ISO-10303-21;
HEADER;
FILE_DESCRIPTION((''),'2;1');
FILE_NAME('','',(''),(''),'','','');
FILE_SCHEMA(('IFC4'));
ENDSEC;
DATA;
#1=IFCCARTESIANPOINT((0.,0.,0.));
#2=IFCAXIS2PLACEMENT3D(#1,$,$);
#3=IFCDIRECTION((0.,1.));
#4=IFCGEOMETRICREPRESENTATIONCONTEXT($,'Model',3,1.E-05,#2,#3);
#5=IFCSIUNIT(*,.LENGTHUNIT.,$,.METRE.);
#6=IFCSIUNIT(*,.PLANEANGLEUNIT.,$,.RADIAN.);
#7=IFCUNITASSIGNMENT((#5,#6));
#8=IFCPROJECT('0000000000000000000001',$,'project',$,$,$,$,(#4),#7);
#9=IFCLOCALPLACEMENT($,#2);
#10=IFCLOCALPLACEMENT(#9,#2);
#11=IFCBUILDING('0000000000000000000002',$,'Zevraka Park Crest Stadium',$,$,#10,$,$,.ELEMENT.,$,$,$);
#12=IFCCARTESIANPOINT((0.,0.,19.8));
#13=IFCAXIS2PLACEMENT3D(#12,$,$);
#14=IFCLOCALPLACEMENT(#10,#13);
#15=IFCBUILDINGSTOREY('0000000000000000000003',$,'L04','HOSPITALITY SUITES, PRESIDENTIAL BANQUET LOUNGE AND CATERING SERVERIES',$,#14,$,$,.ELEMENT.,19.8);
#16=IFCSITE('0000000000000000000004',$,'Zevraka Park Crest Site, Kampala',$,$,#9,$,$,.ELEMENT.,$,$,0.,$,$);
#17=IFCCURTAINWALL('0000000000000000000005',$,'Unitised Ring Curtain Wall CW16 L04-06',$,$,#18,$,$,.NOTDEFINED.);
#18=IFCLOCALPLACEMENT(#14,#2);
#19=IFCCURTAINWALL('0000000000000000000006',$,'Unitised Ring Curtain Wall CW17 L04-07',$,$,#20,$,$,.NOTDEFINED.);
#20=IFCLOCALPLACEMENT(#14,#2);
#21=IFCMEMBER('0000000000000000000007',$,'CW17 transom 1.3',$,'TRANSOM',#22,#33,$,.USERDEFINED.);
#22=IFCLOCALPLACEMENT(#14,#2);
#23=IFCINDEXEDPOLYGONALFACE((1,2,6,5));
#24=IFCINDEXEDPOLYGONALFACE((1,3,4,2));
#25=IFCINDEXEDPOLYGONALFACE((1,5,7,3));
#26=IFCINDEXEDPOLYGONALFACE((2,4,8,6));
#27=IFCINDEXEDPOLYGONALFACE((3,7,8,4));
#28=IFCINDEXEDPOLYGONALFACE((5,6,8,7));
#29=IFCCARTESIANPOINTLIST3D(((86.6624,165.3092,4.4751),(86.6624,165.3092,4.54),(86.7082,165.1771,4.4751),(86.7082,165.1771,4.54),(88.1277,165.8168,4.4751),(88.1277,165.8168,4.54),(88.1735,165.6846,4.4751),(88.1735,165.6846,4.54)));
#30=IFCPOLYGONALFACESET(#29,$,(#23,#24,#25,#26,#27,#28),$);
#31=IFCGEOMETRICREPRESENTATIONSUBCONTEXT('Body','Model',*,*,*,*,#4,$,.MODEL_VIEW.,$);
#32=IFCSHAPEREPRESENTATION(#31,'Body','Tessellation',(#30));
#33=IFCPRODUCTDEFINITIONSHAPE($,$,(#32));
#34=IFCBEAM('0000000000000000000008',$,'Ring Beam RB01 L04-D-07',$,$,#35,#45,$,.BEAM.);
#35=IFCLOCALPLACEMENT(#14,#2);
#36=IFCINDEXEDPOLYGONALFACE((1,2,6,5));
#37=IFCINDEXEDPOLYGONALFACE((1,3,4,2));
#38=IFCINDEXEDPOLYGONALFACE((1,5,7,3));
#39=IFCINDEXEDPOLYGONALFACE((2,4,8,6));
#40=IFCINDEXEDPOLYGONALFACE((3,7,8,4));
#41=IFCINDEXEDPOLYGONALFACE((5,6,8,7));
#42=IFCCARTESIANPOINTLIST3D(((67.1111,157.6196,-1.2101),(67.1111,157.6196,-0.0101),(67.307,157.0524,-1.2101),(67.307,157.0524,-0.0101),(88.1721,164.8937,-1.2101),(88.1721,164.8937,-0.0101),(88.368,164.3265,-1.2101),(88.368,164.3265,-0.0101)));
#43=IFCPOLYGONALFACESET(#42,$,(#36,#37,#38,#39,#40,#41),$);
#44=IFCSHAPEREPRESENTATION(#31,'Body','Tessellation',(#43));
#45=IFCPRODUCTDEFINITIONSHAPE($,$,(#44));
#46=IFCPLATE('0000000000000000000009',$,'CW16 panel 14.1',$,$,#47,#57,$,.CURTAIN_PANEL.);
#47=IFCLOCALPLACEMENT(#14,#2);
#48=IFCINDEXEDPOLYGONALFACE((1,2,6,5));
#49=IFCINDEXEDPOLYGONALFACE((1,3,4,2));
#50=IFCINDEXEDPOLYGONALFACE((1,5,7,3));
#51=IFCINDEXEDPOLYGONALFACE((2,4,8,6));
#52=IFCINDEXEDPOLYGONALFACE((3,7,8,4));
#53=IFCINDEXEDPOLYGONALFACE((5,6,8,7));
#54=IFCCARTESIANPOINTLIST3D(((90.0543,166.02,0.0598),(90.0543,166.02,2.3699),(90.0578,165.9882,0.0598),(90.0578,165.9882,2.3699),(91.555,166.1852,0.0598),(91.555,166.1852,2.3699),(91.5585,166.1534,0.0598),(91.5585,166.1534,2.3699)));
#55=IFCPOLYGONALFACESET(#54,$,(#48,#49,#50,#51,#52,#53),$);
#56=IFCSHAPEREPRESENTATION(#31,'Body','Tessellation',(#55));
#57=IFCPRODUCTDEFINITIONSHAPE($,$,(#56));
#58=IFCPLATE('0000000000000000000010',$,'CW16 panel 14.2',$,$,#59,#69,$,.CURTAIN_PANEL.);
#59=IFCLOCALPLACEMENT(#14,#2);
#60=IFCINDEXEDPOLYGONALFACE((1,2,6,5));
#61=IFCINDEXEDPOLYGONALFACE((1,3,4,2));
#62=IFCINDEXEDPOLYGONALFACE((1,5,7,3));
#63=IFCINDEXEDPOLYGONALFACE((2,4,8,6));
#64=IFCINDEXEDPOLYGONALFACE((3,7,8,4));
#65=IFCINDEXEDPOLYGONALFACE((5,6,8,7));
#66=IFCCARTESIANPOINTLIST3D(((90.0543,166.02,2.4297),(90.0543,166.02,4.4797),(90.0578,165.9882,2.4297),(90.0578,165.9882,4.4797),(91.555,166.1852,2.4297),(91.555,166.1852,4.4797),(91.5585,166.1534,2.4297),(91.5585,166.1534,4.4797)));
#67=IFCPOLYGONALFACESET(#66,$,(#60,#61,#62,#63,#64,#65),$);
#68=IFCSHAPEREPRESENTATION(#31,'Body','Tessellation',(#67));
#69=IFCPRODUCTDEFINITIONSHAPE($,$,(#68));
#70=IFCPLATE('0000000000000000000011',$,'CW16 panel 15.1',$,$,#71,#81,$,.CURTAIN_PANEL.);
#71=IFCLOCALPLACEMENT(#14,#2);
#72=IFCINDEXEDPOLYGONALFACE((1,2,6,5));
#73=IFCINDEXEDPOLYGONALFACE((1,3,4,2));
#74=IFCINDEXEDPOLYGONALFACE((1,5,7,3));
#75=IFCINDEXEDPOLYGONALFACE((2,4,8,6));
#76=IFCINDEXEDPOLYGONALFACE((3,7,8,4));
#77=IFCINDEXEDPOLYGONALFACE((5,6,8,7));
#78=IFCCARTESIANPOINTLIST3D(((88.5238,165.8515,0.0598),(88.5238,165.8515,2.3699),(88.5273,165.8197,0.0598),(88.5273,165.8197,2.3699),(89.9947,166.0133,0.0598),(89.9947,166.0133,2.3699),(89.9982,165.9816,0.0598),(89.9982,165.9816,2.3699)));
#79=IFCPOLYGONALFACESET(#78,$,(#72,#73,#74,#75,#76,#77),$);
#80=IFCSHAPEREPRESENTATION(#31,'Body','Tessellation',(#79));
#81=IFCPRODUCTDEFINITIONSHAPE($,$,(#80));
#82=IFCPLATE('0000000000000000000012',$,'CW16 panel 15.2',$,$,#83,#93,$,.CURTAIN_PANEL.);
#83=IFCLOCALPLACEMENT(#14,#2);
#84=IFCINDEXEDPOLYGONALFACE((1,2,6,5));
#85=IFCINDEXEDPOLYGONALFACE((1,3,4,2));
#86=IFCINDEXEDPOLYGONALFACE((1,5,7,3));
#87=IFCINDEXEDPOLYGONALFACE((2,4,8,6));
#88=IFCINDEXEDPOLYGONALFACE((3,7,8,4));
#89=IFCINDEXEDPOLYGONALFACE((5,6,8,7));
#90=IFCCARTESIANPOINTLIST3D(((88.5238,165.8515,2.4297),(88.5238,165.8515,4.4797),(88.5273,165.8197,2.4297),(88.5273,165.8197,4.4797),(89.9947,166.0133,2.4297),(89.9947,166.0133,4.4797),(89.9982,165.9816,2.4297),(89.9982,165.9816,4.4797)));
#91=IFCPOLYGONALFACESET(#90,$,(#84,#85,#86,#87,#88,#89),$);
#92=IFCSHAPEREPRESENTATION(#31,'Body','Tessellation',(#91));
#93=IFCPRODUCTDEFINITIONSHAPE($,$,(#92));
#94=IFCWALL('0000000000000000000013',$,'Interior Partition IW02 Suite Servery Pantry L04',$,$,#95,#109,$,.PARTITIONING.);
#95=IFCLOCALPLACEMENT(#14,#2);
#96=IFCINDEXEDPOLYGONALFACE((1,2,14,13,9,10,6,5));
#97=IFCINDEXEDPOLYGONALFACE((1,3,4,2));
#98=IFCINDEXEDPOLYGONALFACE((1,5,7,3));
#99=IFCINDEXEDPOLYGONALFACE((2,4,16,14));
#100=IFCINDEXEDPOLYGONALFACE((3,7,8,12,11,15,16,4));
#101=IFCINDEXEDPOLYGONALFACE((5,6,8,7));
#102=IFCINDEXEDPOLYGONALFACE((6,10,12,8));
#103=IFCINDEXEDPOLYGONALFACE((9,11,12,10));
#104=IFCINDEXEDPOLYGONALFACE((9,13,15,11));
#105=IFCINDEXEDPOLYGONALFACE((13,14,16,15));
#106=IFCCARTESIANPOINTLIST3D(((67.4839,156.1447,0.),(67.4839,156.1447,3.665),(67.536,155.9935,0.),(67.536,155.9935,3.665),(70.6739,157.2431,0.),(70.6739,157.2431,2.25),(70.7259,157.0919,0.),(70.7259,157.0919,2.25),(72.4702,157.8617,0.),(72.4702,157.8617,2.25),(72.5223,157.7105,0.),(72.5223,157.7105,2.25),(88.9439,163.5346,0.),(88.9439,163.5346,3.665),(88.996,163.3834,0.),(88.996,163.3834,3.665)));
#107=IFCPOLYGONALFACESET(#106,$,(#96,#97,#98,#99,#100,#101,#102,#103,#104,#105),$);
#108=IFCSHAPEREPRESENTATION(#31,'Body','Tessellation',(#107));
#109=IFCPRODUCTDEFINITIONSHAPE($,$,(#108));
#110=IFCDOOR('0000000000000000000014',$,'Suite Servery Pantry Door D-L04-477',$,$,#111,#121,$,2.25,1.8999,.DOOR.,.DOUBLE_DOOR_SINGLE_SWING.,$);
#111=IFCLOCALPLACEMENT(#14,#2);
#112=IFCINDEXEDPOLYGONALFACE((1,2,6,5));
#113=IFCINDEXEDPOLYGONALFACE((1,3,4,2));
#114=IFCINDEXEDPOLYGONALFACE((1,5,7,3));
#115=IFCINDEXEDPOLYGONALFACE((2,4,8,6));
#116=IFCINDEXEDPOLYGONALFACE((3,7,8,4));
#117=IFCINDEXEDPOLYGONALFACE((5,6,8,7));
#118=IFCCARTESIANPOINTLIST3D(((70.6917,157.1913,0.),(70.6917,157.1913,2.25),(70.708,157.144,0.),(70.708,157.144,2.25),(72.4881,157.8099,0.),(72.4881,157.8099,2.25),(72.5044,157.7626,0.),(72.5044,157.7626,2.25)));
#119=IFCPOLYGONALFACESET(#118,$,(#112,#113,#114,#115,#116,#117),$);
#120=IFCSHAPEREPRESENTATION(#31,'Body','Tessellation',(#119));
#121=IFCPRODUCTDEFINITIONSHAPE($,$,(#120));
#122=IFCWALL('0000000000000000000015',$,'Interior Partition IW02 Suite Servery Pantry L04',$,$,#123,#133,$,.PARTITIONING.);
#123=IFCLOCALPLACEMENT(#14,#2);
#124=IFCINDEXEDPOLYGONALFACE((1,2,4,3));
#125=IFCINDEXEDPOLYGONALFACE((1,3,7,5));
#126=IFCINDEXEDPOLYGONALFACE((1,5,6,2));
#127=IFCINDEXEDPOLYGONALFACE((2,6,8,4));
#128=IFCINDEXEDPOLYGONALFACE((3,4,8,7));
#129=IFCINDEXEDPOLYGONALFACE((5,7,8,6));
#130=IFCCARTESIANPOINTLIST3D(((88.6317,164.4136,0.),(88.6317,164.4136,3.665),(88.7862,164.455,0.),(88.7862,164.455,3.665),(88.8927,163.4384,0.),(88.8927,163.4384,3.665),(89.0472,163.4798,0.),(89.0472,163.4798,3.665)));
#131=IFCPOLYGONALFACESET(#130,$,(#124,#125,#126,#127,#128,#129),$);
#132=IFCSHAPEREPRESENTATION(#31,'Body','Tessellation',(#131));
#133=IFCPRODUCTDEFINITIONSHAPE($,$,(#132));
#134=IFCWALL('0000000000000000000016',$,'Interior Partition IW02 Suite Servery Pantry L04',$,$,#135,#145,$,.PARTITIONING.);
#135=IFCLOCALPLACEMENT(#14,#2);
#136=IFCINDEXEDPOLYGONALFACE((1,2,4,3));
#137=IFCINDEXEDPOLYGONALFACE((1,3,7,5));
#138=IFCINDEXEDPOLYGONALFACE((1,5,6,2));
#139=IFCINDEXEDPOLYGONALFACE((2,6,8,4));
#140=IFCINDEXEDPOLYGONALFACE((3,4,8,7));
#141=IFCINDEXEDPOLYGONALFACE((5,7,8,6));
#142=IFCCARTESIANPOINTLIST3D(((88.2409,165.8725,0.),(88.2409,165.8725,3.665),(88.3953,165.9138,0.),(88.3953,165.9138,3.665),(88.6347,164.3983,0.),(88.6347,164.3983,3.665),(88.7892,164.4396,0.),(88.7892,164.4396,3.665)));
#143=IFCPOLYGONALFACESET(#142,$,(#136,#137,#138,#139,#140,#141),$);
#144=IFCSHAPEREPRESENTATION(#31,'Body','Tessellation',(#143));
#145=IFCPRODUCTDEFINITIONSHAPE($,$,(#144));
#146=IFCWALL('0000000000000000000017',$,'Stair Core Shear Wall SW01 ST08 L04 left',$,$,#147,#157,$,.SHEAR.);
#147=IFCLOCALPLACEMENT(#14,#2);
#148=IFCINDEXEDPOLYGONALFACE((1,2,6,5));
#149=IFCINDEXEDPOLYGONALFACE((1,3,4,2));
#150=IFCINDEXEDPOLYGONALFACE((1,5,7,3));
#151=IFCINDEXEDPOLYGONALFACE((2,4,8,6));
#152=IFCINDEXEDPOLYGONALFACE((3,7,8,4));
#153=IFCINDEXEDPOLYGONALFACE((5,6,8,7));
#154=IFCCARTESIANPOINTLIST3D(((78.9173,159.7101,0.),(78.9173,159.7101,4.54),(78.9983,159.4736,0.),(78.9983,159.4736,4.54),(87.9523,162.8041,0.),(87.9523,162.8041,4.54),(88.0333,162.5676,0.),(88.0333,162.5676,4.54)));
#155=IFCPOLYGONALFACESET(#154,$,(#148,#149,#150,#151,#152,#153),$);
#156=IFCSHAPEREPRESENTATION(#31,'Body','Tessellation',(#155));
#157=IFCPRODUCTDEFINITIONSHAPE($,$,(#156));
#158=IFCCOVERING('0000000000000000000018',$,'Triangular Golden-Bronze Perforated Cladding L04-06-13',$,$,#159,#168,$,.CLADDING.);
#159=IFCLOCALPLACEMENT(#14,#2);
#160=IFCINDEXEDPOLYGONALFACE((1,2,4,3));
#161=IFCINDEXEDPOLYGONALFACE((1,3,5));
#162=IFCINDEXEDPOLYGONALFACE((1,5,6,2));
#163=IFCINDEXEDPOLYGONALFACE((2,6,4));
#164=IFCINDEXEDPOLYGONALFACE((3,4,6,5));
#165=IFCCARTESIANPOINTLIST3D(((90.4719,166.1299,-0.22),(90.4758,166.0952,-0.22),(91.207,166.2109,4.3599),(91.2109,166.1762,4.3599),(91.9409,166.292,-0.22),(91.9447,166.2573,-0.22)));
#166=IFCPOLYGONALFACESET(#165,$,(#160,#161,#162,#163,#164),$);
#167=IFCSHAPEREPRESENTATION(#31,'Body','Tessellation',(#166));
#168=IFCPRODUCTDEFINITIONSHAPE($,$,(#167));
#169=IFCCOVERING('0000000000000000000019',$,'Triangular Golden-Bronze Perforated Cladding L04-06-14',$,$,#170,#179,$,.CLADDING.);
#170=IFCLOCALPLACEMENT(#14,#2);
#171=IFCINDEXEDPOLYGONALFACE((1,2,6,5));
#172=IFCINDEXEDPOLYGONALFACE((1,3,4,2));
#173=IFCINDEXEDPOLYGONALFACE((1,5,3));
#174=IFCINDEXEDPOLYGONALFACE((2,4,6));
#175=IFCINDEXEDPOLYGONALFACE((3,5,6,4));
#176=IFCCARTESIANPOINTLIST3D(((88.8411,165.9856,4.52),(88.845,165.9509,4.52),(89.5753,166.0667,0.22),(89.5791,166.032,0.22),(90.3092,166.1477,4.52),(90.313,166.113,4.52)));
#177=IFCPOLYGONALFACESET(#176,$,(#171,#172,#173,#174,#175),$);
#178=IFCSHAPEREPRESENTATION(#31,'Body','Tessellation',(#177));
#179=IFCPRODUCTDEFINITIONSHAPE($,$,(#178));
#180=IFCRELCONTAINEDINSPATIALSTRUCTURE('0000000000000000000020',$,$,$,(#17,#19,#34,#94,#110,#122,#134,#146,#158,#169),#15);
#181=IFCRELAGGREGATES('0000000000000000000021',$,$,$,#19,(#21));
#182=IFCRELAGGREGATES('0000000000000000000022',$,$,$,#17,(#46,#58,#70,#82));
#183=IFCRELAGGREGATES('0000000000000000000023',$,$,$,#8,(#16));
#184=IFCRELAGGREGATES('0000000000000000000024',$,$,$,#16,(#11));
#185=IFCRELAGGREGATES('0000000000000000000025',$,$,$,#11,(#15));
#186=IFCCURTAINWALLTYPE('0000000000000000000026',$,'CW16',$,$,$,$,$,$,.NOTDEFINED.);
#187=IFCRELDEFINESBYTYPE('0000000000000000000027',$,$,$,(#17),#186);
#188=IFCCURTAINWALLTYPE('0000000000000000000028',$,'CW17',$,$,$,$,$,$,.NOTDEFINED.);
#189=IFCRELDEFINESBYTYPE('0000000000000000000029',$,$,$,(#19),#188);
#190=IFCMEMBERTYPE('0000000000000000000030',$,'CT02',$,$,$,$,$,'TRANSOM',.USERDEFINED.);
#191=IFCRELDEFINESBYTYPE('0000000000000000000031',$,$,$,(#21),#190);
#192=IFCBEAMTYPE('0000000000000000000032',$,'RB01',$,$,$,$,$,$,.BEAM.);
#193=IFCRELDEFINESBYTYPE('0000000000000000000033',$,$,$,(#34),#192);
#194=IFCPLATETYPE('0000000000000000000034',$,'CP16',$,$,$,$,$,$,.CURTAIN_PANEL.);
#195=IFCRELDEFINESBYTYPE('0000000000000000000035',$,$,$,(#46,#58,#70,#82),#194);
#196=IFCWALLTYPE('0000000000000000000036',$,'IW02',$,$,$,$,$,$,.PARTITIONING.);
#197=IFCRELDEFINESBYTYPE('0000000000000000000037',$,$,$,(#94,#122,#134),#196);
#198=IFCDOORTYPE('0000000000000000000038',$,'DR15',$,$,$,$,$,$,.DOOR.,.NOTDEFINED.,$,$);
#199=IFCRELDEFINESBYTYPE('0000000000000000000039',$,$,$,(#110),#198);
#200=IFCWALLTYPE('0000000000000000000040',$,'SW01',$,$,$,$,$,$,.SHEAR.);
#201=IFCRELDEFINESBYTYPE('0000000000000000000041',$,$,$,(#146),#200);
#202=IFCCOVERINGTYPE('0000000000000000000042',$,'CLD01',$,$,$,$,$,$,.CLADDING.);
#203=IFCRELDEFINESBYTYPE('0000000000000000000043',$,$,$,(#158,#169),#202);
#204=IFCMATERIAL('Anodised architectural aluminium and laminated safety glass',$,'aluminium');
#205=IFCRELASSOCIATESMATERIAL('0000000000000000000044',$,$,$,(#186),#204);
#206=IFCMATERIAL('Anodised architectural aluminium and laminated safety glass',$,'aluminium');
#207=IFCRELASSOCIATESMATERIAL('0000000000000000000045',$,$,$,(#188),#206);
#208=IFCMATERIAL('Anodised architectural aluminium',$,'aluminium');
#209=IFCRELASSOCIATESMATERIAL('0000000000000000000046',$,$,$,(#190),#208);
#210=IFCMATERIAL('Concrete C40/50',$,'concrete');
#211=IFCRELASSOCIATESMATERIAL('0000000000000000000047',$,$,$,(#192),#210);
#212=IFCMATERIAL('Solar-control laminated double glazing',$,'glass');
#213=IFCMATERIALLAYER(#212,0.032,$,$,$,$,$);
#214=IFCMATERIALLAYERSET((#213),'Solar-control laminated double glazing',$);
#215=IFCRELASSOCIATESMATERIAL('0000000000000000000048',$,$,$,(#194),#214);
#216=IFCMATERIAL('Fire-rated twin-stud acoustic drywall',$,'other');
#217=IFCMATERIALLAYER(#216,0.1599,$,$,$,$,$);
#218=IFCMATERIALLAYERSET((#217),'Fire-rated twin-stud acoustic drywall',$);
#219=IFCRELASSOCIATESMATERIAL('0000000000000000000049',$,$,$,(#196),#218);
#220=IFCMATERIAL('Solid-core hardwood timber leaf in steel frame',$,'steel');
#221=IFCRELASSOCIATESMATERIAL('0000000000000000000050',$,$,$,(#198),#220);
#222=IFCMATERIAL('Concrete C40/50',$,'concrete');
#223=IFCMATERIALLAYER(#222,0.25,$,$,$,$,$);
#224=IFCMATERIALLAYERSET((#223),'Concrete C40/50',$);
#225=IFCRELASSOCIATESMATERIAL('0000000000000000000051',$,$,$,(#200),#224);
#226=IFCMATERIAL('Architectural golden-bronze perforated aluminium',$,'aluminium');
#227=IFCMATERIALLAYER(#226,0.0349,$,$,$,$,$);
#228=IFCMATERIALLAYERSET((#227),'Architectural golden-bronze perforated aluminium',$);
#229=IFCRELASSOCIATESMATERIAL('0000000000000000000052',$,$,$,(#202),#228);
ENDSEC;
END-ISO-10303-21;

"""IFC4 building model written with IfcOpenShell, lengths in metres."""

from ifc_helpers import new_model, si_unit, direction, frame, frame_2d, origin, origin_2d, place, context, subcontext, project, spatial, polyline, rectangle, outline, extrude, material, layer, layer_set, material_profile, profile_set, type_object, element, fill, aggregate, save


model = new_model("IFC4")

# Units and contexts
model_context = context("Model", 3, precision=1e-05, world=origin(), true_north=direction((0.0, 1.0)))
body_context = subcontext(model_context, "Body", "Model", "MODEL_VIEW")
ifc_project = project(units=[si_unit("LENGTHUNIT", "METRE"), si_unit("PLANEANGLEUNIT", "RADIAN")], contexts=[model_context])

# Site, building, storey
site_placement = place(None, origin())
site = spatial("IfcSite", under=ifc_project, at=site_placement, Name="Zevraka Park Crest Site, Kampala", CompositionType="ELEMENT", RefElevation=0.0)
building_placement = place(site_placement, origin())
building = spatial("IfcBuilding", under=site, at=building_placement, Name="Zevraka Park Crest Stadium", CompositionType="ELEMENT")
storey_placement = place(building_placement, frame((0.0, 0.0, 19.8)))
storey = spatial("IfcBuildingStorey", under=building, at=storey_placement, Name="L04", Description="HOSPITALITY SUITES, PRESIDENTIAL BANQUET LOUNGE AND CATERING SERVERIES", CompositionType="ELEMENT", Elevation=19.8)

# Curtain wall
ifc_material_1 = material(Name="Anodised architectural aluminium and laminated safety glass", Category="aluminium")
curtain_wall_type_1 = type_object("IfcCurtainWallType", Name="CW16", PredefinedType="NOTDEFINED", material=ifc_material_1)
curtain_wall_1_placement = place(storey_placement, origin())
curtain_wall_1 = element("IfcCurtainWall", 1, at=curtain_wall_1_placement, inside=storey, type_object=curtain_wall_type_1, Name="Unitised Ring Curtain Wall CW16 L04-06", PredefinedType="NOTDEFINED")

# Curtain wall
ifc_material_2 = material(Name="Anodised architectural aluminium and laminated safety glass", Category="aluminium")
curtain_wall_type_2 = type_object("IfcCurtainWallType", Name="CW17", PredefinedType="NOTDEFINED", material=ifc_material_2)
curtain_wall_2_placement = place(storey_placement, origin())
curtain_wall_2 = element("IfcCurtainWall", 2, at=curtain_wall_2_placement, inside=storey, type_object=curtain_wall_type_2, Name="Unitised Ring Curtain Wall CW17 L04-07", PredefinedType="NOTDEFINED")

# Member
ifc_material_3 = material(Name="Anodised architectural aluminium", Category="aluminium")
ifc_material_profile_1 = material_profile(ifc_material_3, rectangle(XDim=0.1399, YDim=0.0649, at=origin_2d()), Name="ALU TRANSOM 140x65")
ifc_profile_set_1 = profile_set([ifc_material_profile_1], Name="Anodised architectural aluminium")
member_type_1 = type_object("IfcMemberType", Name="CT02", ElementType="TRANSOM", PredefinedType="USERDEFINED", material=ifc_profile_set_1)
member_1_placement = place(storey_placement, frame((88.1506, 165.7507, 4.5076), z_axis=(-0.944919, -0.327305, 0.0), x_axis=(0.327305, -0.944919, 0.0)))
member_1 = element("IfcMember", 3, at=member_1_placement, type_object=member_type_1, Name="CW17 transom 1.3", ObjectType="TRANSOM", PredefinedType="USERDEFINED", context=body_context, shape_type="SweptSolid", body=[
    extrude(rectangle(XDim=0.1399, YDim=0.0649, at=origin_2d()), origin(), (0.0, 0.0, 1.0), 1.5508),
])
aggregate(curtain_wall_2, [member_1])

# Beam
ifc_material_4 = material(Name="Concrete C40/50", Category="concrete")
ifc_material_profile_2 = material_profile(ifc_material_4, rectangle(XDim=0.6001, YDim=1.2, at=origin_2d()), Name="RC 1200x600")
ifc_profile_set_2 = profile_set([ifc_material_profile_2], Name="Concrete C40/50")
beam_type = type_object("IfcBeamType", Name="RB01", PredefinedType="BEAM", material=ifc_profile_set_2)
beam_placement = place(storey_placement, frame((88.27, 164.6101, -0.6101), z_axis=(-0.94521, -0.326462, 0.0), x_axis=(0.326462, -0.94521, 0.0)))
element("IfcBeam", 4, at=beam_placement, inside=storey, type_object=beam_type, Name="Ring Beam RB01 L04-D-07", PredefinedType="BEAM", context=body_context, shape_type="SweptSolid", body=[
    extrude(rectangle(XDim=0.6001, YDim=1.2, at=origin_2d()), origin(), (0.0, 0.0, 1.0), 22.2817),
])

# Plates
ifc_material_5 = material(Name="Solar-control laminated double glazing", Category="glass")
ifc_layer_1 = layer(ifc_material_5, 0.032)
ifc_layer_set_1 = layer_set([ifc_layer_1], Name="Solar-control laminated double glazing")
plate_type = type_object("IfcPlateType", Name="CP16", PredefinedType="CURTAIN_PANEL", material=ifc_layer_set_1)
plate_1_placement = place(storey_placement, frame((90.8064, 166.0867, 0.0598), z_axis=(0.0, 0.0, 1.0), x_axis=(-0.993997, -0.109406, 0.0)))
plate_1 = element("IfcPlate", 5, at=plate_1_placement, type_object=plate_type, Name="CW16 panel 14.1", PredefinedType="CURTAIN_PANEL", context=body_context, shape_type="SweptSolid", body=[
    extrude(rectangle(XDim=1.5098, YDim=0.032, at=origin_2d()), origin(), (0.0, 0.0, 1.0), 2.3101),
])
plate_2_placement = place(storey_placement, frame((90.8064, 166.0867, 2.4297), z_axis=(0.0, 0.0, 1.0), x_axis=(-0.993997, -0.109406, 0.0)))
plate_2 = element("IfcPlate", 6, at=plate_2_placement, type_object=plate_type, Name="CW16 panel 14.2", PredefinedType="CURTAIN_PANEL", context=body_context, shape_type="SweptSolid", body=[
    extrude(rectangle(XDim=1.5098, YDim=0.032, at=origin_2d()), origin(), (0.0, 0.0, 1.0), 2.05),
])
plate_3_placement = place(storey_placement, frame((89.261, 165.9165, 0.0598), z_axis=(0.0, 0.0, 1.0), x_axis=(-0.993997, -0.109406, 0.0)))
plate_3 = element("IfcPlate", 7, at=plate_3_placement, type_object=plate_type, Name="CW16 panel 15.1", PredefinedType="CURTAIN_PANEL", context=body_context, shape_type="SweptSolid", body=[
    extrude(rectangle(XDim=1.4797, YDim=0.032, at=origin_2d()), origin(), (0.0, 0.0, 1.0), 2.3101),
])
plate_4_placement = place(storey_placement, frame((89.261, 165.9165, 2.4297), z_axis=(0.0, 0.0, 1.0), x_axis=(-0.993997, -0.109406, 0.0)))
plate_4 = element("IfcPlate", 8, at=plate_4_placement, type_object=plate_type, Name="CW16 panel 15.2", PredefinedType="CURTAIN_PANEL", context=body_context, shape_type="SweptSolid", body=[
    extrude(rectangle(XDim=1.4797, YDim=0.032, at=origin_2d()), origin(), (0.0, 0.0, 1.0), 2.05),
])
aggregate(curtain_wall_1, [plate_1, plate_2, plate_3, plate_4])

# Wall, opening, door
ifc_material_6 = material(Name="Fire-rated twin-stud acoustic drywall", Category="other")
ifc_layer_2 = layer(ifc_material_6, 0.1599)
ifc_layer_set_2 = layer_set([ifc_layer_2], Name="Fire-rated twin-stud acoustic drywall")
wall_type_1 = type_object("IfcWallType", Name="IW02", PredefinedType="PARTITIONING", material=ifc_layer_set_2)
wall_1_placement = place(storey_placement, frame((88.97, 163.459, 0.0), z_axis=(0.0, 0.0, 1.0), x_axis=(-0.94551, -0.325593, 0.0)))
wall_1 = element("IfcWall", 9, at=wall_1_placement, inside=storey, type_object=wall_type_1, Name="Interior Partition IW02 Suite Servery Pantry L04", PredefinedType="PARTITIONING", context=body_context, shape_type="SweptSolid", body=[
    extrude(rectangle(XDim=22.6968, YDim=0.1599, at=frame_2d((11.3484, 0.0))), origin(), (0.0, 0.0, 1.0), 3.665),
])
opening_placement = place(wall_1_placement, frame((17.4231, 0.0, 0.0)))
opening = element("IfcOpeningElement", 10, at=opening_placement, cuts=wall_1, PredefinedType="OPENING", context=body_context, shape_type="SweptSolid", body=[
    extrude(rectangle(XDim=1.8999, YDim=2.25, at=frame_2d((0.95, 1.125))), frame((0.0, 0.0898, 0.0), z_axis=(0.0, -1.0, 0.0), x_axis=(1.0, 0.0, 0.0)), (0.0, 0.0, 1.0), 0.1799),
])
ifc_material_7 = material(Name="Solid-core hardwood timber leaf in steel frame", Category="steel")
door_type = type_object("IfcDoorType", Name="DR15", OperationType="NOTDEFINED", PredefinedType="DOOR", material=ifc_material_7)
door_placement = place(opening_placement, origin())
door = element("IfcDoor", 11, at=door_placement, inside=storey, type_object=door_type, Name="Suite Servery Pantry Door D-L04-477", OperationType="DOUBLE_DOOR_SINGLE_SWING", OverallHeight=2.25, OverallWidth=1.8999, PredefinedType="DOOR", context=body_context, shape_type="SweptSolid", body=[
    extrude(rectangle(XDim=1.8999, YDim=2.25, at=frame_2d((0.95, 1.125))), frame((0.0, 0.0249, 0.0), z_axis=(0.0, -1.0, 0.0), x_axis=(1.0, 0.0, 0.0)), (0.0, 0.0, 1.0), 0.05),
])
fill(opening, door)

# Walls
wall_2_placement = place(storey_placement, frame((88.97, 163.459, 0.0), z_axis=(0.0, 0.0, 1.0), x_axis=(-0.258551, 0.965998, 0.0)))
element("IfcWall", 12, at=wall_2_placement, inside=storey, type_object=wall_type_1, Name="Interior Partition IW02 Suite Servery Pantry L04", PredefinedType="PARTITIONING", context=body_context, shape_type="SweptSolid", body=[
    extrude(rectangle(XDim=1.0095, YDim=0.1599, at=frame_2d((0.5049, 0.0))), origin(), (0.0, 0.0, 1.0), 3.665),
])
wall_3_placement = place(storey_placement, frame((88.7119, 164.4189, 0.0), z_axis=(0.0, 0.0, 1.0), x_axis=(-0.258091, 0.966121, 0.0)))
element("IfcWall", 13, at=wall_3_placement, inside=storey, type_object=wall_type_1, Name="Interior Partition IW02 Suite Servery Pantry L04", PredefinedType="PARTITIONING", context=body_context, shape_type="SweptSolid", body=[
    extrude(rectangle(XDim=1.5259, YDim=0.1599, at=frame_2d((0.7629, 0.0))), origin(), (0.0, 0.0, 1.0), 3.665),
])
ifc_material_8 = material(Name="Concrete C40/50", Category="concrete")
ifc_layer_3 = layer(ifc_material_8, 0.25)
ifc_layer_set_3 = layer_set([ifc_layer_3], Name="Concrete C40/50")
wall_type_2 = type_object("IfcWallType", Name="SW01", PredefinedType="SHEAR", material=ifc_layer_set_3)
wall_4_placement = place(storey_placement, frame((87.9927, 162.6858, 0.0), z_axis=(0.0, 0.0, 1.0), x_axis=(-0.946064, -0.323979, 0.0)))
element("IfcWall", 14, at=wall_4_placement, inside=storey, type_object=wall_type_2, Name="Stair Core Shear Wall SW01 ST08 L04 left", PredefinedType="SHEAR", context=body_context, shape_type="SweptSolid", body=[
    extrude(rectangle(XDim=9.55, YDim=0.25, at=frame_2d((4.7749, 0.0))), origin(), (0.0, 0.0, 1.0), 4.54),
])

# Coverings
ifc_material_9 = material(Name="Architectural golden-bronze perforated aluminium", Category="aluminium")
ifc_layer_4 = layer(ifc_material_9, 0.0349)
ifc_layer_set_4 = layer_set([ifc_layer_4], Name="Architectural golden-bronze perforated aluminium")
covering_type = type_object("IfcCoveringType", Name="CLD01", PredefinedType="CLADDING", material=ifc_layer_set_4)
covering_1_placement = place(storey_placement, frame((91.9409, 166.292, -0.22), z_axis=(-0.109688, 0.993966, 0.000015), x_axis=(-0.993966, -0.109688, 0.0)))
element("IfcCovering", 15, at=covering_1_placement, inside=storey, type_object=covering_type, Name="Triangular Golden-Bronze Perforated Cladding L04-06-13", PredefinedType="CLADDING", context=body_context, shape_type="SweptSolid", body=[
    extrude(outline(polyline([(0.0, 0.0), (1.4779, 0.0), (0.7383, 4.5798), (0.0, 0.0)])), origin(), (0.0, 0.0, -1.0), 0.0349),
])
covering_2_placement = place(storey_placement, frame((88.845, 165.9509, 4.52), z_axis=(0.10976, -0.993958, 0.000003), x_axis=(0.993958, 0.10976, 0.0)))
element("IfcCovering", 16, at=covering_2_placement, inside=storey, type_object=covering_type, Name="Triangular Golden-Bronze Perforated Cladding L04-06-14", PredefinedType="CLADDING", context=body_context, shape_type="SweptSolid", body=[
    extrude(outline(polyline([(0.0, 0.0), (1.4769, 0.0), (0.7386, -4.3), (0.0, 0.0)])), origin(), (0.0, 0.0, -1.0), 0.0349),
])

save(model, "model.ifc")
